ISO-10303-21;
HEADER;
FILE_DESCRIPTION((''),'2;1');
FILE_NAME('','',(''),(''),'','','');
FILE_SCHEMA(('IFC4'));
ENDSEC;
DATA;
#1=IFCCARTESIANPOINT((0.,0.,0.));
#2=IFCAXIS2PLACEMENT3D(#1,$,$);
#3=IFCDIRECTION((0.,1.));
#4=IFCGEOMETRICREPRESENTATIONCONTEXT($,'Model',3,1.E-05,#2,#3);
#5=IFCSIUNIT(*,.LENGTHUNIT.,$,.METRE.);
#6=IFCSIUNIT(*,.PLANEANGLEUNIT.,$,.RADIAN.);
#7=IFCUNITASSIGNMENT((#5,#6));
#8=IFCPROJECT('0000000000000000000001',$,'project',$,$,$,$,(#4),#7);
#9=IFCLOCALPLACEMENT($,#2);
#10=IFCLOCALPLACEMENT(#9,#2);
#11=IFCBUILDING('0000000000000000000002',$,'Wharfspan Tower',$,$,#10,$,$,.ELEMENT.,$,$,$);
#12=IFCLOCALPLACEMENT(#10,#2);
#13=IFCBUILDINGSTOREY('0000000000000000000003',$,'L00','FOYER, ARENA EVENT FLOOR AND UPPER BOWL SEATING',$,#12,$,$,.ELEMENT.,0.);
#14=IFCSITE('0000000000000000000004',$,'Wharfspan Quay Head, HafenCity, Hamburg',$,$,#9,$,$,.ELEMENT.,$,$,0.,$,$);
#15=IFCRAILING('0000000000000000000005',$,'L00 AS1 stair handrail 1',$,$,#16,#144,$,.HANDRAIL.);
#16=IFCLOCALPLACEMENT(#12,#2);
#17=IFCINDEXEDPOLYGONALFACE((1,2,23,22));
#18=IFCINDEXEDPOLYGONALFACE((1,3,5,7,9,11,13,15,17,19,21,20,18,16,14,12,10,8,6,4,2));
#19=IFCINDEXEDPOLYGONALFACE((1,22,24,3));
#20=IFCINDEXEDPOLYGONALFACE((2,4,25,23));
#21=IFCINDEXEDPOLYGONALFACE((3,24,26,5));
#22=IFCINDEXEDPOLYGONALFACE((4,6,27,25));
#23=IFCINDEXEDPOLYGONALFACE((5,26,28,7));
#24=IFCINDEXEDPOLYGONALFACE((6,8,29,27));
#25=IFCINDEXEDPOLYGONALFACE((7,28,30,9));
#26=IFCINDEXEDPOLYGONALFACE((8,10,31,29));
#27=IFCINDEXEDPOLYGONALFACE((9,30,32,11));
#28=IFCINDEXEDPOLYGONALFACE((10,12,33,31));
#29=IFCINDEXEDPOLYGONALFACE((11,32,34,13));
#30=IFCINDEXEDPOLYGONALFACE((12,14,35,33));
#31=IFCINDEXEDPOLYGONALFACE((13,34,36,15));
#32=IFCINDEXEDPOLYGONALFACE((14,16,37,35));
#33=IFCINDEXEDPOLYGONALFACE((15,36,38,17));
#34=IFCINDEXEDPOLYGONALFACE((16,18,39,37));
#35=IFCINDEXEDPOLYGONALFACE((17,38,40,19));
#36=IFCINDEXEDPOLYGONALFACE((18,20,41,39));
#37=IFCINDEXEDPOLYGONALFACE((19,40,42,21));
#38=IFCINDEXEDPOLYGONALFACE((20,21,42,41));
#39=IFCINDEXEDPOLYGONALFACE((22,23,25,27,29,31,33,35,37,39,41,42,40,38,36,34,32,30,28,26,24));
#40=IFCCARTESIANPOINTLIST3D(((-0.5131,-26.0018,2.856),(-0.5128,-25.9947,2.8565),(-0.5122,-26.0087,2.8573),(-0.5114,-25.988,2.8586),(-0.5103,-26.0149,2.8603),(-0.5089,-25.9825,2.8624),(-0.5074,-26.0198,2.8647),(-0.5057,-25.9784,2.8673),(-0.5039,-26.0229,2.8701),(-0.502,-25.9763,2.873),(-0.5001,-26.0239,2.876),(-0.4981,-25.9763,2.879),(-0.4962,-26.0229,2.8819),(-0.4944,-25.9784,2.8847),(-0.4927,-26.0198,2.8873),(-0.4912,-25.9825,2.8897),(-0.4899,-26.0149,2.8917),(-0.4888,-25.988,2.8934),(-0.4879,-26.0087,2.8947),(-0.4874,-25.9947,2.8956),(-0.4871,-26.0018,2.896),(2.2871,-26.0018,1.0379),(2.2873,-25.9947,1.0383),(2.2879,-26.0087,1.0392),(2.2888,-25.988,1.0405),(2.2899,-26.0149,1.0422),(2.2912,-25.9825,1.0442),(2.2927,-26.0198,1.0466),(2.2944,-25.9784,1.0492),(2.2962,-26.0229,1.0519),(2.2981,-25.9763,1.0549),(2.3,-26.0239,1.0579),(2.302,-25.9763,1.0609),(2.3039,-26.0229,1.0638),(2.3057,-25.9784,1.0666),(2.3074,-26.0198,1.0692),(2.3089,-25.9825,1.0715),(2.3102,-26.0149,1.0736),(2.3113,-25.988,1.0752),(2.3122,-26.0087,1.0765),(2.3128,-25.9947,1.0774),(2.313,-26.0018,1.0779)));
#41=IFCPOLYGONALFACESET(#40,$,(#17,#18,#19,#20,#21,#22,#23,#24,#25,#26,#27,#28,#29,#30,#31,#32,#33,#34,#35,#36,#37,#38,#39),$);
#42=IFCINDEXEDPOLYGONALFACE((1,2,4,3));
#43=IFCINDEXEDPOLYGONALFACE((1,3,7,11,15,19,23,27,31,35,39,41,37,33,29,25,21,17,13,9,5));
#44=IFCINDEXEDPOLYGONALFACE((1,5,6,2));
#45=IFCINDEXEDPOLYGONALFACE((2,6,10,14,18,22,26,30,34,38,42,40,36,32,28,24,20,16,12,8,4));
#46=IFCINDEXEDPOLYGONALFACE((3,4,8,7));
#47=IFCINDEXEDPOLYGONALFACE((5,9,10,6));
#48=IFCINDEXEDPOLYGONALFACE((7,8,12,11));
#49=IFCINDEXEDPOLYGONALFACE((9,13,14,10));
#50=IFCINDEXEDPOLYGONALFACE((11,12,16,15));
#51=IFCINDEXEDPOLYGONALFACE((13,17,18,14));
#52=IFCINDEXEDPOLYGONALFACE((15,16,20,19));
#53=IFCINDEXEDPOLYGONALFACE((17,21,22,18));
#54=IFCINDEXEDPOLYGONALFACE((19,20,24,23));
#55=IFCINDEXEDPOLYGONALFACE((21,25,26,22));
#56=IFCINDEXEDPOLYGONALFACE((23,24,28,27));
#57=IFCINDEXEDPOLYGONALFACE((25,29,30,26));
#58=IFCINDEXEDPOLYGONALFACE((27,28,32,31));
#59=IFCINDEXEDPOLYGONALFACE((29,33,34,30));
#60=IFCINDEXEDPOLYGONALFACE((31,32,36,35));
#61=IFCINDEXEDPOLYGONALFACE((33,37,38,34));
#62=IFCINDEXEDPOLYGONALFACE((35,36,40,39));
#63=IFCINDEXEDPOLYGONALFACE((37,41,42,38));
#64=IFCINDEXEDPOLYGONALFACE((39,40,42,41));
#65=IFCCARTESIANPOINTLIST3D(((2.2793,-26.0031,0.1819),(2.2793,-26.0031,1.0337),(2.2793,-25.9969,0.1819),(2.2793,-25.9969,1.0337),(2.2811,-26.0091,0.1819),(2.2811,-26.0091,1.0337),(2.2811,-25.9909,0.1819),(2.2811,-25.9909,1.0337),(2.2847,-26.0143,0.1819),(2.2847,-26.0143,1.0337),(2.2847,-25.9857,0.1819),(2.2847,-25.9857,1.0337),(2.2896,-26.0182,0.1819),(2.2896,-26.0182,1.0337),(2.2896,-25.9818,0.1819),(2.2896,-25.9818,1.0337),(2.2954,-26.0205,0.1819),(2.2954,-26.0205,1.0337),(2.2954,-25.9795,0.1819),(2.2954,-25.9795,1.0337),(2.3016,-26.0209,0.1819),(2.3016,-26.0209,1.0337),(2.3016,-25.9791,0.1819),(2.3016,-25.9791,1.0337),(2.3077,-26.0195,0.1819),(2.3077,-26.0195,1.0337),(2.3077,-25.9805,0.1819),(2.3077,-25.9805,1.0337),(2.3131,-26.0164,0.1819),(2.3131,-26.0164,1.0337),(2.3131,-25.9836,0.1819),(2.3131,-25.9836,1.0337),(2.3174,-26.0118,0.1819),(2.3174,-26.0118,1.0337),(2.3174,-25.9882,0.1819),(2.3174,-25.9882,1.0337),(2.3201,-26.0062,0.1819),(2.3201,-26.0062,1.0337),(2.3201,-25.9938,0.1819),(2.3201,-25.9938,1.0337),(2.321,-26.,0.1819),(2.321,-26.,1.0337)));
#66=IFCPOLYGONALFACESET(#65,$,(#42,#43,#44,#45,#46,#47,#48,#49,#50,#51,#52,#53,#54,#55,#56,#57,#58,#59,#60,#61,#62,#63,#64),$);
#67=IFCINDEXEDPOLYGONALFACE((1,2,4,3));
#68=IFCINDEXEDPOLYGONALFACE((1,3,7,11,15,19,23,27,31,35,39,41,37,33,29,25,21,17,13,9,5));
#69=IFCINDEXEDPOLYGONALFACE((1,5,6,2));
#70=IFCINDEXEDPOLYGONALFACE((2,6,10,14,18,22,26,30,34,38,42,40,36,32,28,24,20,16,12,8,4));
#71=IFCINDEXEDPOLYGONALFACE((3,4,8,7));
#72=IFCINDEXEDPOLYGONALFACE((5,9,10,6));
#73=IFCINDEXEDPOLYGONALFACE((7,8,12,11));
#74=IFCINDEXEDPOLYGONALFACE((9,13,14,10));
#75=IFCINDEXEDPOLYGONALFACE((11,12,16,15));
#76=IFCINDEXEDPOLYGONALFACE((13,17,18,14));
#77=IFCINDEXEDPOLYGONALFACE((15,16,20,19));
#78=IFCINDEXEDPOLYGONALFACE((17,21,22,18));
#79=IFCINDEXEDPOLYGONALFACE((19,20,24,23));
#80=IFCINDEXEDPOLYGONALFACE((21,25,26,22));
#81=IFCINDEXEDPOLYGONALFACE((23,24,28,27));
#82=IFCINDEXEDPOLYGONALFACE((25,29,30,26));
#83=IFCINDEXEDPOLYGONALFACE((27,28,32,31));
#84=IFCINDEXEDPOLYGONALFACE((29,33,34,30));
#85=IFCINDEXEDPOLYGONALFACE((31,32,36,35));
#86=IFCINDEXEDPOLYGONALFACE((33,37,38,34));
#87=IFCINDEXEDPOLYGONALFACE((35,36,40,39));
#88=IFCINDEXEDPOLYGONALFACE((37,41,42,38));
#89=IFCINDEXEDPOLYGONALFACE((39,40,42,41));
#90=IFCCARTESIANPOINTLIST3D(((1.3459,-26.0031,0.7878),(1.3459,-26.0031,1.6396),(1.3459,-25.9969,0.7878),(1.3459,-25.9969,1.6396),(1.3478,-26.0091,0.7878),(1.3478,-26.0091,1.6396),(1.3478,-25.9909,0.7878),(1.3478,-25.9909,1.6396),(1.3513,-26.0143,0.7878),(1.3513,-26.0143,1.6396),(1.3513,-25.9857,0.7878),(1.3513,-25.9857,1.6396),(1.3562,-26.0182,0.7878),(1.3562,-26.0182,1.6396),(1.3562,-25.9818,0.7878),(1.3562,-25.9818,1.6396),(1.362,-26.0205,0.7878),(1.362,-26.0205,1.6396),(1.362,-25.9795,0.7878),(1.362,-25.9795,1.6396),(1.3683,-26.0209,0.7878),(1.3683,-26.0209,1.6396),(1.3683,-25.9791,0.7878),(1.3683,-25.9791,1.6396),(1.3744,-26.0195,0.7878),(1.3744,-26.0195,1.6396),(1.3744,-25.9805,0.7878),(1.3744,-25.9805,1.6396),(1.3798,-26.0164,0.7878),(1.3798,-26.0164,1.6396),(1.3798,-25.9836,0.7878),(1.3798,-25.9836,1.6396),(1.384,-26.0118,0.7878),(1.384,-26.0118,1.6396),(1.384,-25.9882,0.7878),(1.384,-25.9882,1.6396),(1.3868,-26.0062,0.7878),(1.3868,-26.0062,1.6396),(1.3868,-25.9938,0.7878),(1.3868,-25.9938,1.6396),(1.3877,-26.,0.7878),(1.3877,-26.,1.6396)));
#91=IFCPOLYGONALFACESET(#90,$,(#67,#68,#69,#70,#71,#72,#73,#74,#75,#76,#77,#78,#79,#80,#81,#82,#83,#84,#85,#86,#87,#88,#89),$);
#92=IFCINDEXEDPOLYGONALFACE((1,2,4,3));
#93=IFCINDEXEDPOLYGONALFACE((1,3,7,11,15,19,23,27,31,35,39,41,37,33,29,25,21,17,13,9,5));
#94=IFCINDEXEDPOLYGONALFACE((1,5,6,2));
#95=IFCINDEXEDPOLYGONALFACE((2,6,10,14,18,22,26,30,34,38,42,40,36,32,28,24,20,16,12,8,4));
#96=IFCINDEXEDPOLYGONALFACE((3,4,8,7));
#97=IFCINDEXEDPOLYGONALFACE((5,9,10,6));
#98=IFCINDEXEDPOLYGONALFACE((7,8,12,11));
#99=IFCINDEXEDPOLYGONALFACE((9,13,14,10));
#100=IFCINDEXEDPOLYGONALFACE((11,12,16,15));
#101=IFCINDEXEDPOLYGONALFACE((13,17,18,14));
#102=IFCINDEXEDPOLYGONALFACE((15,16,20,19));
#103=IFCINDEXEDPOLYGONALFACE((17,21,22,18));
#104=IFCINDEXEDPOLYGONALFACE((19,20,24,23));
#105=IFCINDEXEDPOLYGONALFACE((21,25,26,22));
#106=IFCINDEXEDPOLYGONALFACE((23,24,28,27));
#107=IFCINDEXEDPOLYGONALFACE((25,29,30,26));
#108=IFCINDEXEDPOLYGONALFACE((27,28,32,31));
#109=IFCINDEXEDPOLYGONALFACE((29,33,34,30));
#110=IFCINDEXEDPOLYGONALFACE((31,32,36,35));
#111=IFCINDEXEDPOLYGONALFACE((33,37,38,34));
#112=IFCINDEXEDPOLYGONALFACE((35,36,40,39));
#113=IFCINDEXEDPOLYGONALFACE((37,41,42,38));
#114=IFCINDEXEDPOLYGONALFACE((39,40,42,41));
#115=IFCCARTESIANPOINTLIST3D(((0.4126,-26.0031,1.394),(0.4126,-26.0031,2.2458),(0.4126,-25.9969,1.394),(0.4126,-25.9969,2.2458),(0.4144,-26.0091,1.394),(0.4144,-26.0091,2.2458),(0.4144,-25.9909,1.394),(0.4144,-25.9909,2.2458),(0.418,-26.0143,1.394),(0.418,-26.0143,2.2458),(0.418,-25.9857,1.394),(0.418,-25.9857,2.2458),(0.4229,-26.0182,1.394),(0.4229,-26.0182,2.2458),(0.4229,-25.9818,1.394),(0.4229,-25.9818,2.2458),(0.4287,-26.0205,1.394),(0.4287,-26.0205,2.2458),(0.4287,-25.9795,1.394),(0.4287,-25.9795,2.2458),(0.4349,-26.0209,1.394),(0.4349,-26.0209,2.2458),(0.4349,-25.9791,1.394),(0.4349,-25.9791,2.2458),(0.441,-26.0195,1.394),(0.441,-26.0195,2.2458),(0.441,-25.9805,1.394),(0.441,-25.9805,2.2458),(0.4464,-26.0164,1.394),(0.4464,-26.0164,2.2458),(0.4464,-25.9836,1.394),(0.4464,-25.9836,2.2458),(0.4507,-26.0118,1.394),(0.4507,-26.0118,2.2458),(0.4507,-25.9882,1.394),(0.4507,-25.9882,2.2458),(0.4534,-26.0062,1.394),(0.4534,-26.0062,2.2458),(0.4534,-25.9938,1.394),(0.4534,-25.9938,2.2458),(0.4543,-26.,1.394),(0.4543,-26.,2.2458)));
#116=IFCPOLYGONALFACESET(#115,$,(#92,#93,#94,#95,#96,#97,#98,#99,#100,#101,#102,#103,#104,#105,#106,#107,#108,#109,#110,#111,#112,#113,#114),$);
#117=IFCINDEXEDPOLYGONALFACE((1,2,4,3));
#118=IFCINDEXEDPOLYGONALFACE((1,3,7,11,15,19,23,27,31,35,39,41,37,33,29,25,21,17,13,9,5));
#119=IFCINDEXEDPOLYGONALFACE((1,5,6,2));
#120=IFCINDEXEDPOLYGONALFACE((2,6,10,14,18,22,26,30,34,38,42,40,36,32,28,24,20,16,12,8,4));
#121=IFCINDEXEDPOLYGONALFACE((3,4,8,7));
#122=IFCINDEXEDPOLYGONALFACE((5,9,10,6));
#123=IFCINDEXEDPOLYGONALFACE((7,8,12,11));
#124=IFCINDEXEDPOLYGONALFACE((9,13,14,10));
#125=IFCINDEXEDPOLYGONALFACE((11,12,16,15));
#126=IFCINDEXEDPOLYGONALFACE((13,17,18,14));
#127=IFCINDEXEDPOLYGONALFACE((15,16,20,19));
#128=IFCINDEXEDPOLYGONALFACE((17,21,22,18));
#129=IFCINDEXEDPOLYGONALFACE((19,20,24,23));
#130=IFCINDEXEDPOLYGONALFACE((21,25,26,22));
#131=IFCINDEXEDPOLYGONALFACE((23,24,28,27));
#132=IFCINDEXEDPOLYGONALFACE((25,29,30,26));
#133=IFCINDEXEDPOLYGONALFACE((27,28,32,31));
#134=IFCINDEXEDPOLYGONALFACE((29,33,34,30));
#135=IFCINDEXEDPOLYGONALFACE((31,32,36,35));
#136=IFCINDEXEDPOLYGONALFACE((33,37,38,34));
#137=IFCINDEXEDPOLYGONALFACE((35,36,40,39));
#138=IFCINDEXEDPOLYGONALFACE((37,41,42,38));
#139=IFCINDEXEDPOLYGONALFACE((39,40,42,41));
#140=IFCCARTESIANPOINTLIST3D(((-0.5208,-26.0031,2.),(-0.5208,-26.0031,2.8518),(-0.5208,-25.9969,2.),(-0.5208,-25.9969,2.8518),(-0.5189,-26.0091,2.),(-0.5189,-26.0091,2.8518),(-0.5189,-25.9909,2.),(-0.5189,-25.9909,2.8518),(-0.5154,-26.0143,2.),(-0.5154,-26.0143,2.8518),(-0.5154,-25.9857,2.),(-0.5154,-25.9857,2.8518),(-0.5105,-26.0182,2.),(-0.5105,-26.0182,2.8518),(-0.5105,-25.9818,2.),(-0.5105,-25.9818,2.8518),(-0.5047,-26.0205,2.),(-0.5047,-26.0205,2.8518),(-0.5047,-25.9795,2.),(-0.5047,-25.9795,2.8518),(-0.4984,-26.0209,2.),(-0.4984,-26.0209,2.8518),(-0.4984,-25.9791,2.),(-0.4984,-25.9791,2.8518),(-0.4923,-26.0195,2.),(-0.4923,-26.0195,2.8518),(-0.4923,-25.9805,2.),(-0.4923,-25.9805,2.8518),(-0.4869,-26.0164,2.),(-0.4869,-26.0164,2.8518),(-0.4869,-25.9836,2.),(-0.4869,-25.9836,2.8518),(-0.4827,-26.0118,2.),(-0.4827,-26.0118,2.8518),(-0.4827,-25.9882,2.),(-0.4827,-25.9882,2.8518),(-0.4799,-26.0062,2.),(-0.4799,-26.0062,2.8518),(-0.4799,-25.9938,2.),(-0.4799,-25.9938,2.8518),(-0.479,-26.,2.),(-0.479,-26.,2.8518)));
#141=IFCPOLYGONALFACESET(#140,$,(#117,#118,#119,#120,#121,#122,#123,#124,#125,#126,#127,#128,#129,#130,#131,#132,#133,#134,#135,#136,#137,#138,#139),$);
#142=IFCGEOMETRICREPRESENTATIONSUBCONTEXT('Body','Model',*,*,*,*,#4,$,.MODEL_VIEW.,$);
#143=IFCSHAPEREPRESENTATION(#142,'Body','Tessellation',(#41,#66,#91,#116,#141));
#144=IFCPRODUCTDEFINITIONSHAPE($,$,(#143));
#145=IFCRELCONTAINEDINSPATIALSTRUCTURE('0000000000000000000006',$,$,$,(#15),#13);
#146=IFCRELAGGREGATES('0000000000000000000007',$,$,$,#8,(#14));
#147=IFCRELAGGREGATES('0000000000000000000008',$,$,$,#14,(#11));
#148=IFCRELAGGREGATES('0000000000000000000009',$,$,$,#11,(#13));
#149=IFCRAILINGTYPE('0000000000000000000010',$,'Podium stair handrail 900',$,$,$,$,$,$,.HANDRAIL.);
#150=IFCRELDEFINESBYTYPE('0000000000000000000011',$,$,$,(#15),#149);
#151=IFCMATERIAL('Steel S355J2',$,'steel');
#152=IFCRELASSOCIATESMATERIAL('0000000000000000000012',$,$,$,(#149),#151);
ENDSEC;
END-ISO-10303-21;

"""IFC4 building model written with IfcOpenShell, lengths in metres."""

from ifc_helpers import new_model, si_unit, direction, frame, origin, origin_2d, place, context, subcontext, project, spatial, circle, extrude, material, type_object, element, save


model = new_model("IFC4")

# Units and contexts
model_context = context("Model", 3, precision=1e-05, world=origin(), true_north=direction((0.0, 1.0)))
body_context = subcontext(model_context, "Body", "Model", "MODEL_VIEW")
ifc_project = project(units=[si_unit("LENGTHUNIT", "METRE"), si_unit("PLANEANGLEUNIT", "RADIAN")], contexts=[model_context])

# Site, building, storey
site_placement = place(None, origin())
site = spatial("IfcSite", under=ifc_project, at=site_placement, Name="Wharfspan Quay Head, HafenCity, Hamburg", CompositionType="ELEMENT", RefElevation=0.0)
building_placement = place(site_placement, origin())
building = spatial("IfcBuilding", under=site, at=building_placement, Name="Wharfspan Tower", CompositionType="ELEMENT")
storey_placement = place(building_placement, origin())
storey = spatial("IfcBuildingStorey", under=building, at=storey_placement, Name="L00", Description="FOYER, ARENA EVENT FLOOR AND UPPER BOWL SEATING", CompositionType="ELEMENT", Elevation=0.0)

# Shared definitions
ifc_material_1 = material(Name="Steel S355J2", Category="steel")

# Railing
railing_type_1 = type_object("IfcRailingType", Name="Podium stair handrail 900", PredefinedType="HANDRAIL", material=ifc_material_1)
for number, where, name in (
    (1, (2.3, -26.0, 0.1819), "L00 AS1 stair handrail 1"),
):
    element("IfcRailing", number, at=place(storey_placement, frame(where)), inside=storey, type_object=railing_type_1, Name=name, PredefinedType="HANDRAIL", context=body_context, shape_type="SweptSolid", body=[
        extrude(circle(Radius=0.0239, at=origin_2d()), frame((0.0, 0.0, 0.876), z_axis=(-0.838706, 0.0, 0.544585), x_axis=(0.0, -1.0, 0.0)), (0.0, 0.0, 1.0), 3.3386),
        extrude(circle(Radius=0.021, at=origin_2d()), origin(), (0.0, 0.0, 1.0), 0.8518),
        extrude(circle(Radius=0.021, at=origin_2d()), frame((-0.9334, 0.0, 0.606)), (0.0, 0.0, 1.0), 0.8518),
        extrude(circle(Radius=0.021, at=origin_2d()), frame((-1.8667, 0.0, 1.2122)), (0.0, 0.0, 1.0), 0.8518),
        extrude(circle(Radius=0.021, at=origin_2d()), frame((-2.8, 0.0, 1.8181)), (0.0, 0.0, 1.0), 0.8518),
    ])

save(model, "model.ifc")
